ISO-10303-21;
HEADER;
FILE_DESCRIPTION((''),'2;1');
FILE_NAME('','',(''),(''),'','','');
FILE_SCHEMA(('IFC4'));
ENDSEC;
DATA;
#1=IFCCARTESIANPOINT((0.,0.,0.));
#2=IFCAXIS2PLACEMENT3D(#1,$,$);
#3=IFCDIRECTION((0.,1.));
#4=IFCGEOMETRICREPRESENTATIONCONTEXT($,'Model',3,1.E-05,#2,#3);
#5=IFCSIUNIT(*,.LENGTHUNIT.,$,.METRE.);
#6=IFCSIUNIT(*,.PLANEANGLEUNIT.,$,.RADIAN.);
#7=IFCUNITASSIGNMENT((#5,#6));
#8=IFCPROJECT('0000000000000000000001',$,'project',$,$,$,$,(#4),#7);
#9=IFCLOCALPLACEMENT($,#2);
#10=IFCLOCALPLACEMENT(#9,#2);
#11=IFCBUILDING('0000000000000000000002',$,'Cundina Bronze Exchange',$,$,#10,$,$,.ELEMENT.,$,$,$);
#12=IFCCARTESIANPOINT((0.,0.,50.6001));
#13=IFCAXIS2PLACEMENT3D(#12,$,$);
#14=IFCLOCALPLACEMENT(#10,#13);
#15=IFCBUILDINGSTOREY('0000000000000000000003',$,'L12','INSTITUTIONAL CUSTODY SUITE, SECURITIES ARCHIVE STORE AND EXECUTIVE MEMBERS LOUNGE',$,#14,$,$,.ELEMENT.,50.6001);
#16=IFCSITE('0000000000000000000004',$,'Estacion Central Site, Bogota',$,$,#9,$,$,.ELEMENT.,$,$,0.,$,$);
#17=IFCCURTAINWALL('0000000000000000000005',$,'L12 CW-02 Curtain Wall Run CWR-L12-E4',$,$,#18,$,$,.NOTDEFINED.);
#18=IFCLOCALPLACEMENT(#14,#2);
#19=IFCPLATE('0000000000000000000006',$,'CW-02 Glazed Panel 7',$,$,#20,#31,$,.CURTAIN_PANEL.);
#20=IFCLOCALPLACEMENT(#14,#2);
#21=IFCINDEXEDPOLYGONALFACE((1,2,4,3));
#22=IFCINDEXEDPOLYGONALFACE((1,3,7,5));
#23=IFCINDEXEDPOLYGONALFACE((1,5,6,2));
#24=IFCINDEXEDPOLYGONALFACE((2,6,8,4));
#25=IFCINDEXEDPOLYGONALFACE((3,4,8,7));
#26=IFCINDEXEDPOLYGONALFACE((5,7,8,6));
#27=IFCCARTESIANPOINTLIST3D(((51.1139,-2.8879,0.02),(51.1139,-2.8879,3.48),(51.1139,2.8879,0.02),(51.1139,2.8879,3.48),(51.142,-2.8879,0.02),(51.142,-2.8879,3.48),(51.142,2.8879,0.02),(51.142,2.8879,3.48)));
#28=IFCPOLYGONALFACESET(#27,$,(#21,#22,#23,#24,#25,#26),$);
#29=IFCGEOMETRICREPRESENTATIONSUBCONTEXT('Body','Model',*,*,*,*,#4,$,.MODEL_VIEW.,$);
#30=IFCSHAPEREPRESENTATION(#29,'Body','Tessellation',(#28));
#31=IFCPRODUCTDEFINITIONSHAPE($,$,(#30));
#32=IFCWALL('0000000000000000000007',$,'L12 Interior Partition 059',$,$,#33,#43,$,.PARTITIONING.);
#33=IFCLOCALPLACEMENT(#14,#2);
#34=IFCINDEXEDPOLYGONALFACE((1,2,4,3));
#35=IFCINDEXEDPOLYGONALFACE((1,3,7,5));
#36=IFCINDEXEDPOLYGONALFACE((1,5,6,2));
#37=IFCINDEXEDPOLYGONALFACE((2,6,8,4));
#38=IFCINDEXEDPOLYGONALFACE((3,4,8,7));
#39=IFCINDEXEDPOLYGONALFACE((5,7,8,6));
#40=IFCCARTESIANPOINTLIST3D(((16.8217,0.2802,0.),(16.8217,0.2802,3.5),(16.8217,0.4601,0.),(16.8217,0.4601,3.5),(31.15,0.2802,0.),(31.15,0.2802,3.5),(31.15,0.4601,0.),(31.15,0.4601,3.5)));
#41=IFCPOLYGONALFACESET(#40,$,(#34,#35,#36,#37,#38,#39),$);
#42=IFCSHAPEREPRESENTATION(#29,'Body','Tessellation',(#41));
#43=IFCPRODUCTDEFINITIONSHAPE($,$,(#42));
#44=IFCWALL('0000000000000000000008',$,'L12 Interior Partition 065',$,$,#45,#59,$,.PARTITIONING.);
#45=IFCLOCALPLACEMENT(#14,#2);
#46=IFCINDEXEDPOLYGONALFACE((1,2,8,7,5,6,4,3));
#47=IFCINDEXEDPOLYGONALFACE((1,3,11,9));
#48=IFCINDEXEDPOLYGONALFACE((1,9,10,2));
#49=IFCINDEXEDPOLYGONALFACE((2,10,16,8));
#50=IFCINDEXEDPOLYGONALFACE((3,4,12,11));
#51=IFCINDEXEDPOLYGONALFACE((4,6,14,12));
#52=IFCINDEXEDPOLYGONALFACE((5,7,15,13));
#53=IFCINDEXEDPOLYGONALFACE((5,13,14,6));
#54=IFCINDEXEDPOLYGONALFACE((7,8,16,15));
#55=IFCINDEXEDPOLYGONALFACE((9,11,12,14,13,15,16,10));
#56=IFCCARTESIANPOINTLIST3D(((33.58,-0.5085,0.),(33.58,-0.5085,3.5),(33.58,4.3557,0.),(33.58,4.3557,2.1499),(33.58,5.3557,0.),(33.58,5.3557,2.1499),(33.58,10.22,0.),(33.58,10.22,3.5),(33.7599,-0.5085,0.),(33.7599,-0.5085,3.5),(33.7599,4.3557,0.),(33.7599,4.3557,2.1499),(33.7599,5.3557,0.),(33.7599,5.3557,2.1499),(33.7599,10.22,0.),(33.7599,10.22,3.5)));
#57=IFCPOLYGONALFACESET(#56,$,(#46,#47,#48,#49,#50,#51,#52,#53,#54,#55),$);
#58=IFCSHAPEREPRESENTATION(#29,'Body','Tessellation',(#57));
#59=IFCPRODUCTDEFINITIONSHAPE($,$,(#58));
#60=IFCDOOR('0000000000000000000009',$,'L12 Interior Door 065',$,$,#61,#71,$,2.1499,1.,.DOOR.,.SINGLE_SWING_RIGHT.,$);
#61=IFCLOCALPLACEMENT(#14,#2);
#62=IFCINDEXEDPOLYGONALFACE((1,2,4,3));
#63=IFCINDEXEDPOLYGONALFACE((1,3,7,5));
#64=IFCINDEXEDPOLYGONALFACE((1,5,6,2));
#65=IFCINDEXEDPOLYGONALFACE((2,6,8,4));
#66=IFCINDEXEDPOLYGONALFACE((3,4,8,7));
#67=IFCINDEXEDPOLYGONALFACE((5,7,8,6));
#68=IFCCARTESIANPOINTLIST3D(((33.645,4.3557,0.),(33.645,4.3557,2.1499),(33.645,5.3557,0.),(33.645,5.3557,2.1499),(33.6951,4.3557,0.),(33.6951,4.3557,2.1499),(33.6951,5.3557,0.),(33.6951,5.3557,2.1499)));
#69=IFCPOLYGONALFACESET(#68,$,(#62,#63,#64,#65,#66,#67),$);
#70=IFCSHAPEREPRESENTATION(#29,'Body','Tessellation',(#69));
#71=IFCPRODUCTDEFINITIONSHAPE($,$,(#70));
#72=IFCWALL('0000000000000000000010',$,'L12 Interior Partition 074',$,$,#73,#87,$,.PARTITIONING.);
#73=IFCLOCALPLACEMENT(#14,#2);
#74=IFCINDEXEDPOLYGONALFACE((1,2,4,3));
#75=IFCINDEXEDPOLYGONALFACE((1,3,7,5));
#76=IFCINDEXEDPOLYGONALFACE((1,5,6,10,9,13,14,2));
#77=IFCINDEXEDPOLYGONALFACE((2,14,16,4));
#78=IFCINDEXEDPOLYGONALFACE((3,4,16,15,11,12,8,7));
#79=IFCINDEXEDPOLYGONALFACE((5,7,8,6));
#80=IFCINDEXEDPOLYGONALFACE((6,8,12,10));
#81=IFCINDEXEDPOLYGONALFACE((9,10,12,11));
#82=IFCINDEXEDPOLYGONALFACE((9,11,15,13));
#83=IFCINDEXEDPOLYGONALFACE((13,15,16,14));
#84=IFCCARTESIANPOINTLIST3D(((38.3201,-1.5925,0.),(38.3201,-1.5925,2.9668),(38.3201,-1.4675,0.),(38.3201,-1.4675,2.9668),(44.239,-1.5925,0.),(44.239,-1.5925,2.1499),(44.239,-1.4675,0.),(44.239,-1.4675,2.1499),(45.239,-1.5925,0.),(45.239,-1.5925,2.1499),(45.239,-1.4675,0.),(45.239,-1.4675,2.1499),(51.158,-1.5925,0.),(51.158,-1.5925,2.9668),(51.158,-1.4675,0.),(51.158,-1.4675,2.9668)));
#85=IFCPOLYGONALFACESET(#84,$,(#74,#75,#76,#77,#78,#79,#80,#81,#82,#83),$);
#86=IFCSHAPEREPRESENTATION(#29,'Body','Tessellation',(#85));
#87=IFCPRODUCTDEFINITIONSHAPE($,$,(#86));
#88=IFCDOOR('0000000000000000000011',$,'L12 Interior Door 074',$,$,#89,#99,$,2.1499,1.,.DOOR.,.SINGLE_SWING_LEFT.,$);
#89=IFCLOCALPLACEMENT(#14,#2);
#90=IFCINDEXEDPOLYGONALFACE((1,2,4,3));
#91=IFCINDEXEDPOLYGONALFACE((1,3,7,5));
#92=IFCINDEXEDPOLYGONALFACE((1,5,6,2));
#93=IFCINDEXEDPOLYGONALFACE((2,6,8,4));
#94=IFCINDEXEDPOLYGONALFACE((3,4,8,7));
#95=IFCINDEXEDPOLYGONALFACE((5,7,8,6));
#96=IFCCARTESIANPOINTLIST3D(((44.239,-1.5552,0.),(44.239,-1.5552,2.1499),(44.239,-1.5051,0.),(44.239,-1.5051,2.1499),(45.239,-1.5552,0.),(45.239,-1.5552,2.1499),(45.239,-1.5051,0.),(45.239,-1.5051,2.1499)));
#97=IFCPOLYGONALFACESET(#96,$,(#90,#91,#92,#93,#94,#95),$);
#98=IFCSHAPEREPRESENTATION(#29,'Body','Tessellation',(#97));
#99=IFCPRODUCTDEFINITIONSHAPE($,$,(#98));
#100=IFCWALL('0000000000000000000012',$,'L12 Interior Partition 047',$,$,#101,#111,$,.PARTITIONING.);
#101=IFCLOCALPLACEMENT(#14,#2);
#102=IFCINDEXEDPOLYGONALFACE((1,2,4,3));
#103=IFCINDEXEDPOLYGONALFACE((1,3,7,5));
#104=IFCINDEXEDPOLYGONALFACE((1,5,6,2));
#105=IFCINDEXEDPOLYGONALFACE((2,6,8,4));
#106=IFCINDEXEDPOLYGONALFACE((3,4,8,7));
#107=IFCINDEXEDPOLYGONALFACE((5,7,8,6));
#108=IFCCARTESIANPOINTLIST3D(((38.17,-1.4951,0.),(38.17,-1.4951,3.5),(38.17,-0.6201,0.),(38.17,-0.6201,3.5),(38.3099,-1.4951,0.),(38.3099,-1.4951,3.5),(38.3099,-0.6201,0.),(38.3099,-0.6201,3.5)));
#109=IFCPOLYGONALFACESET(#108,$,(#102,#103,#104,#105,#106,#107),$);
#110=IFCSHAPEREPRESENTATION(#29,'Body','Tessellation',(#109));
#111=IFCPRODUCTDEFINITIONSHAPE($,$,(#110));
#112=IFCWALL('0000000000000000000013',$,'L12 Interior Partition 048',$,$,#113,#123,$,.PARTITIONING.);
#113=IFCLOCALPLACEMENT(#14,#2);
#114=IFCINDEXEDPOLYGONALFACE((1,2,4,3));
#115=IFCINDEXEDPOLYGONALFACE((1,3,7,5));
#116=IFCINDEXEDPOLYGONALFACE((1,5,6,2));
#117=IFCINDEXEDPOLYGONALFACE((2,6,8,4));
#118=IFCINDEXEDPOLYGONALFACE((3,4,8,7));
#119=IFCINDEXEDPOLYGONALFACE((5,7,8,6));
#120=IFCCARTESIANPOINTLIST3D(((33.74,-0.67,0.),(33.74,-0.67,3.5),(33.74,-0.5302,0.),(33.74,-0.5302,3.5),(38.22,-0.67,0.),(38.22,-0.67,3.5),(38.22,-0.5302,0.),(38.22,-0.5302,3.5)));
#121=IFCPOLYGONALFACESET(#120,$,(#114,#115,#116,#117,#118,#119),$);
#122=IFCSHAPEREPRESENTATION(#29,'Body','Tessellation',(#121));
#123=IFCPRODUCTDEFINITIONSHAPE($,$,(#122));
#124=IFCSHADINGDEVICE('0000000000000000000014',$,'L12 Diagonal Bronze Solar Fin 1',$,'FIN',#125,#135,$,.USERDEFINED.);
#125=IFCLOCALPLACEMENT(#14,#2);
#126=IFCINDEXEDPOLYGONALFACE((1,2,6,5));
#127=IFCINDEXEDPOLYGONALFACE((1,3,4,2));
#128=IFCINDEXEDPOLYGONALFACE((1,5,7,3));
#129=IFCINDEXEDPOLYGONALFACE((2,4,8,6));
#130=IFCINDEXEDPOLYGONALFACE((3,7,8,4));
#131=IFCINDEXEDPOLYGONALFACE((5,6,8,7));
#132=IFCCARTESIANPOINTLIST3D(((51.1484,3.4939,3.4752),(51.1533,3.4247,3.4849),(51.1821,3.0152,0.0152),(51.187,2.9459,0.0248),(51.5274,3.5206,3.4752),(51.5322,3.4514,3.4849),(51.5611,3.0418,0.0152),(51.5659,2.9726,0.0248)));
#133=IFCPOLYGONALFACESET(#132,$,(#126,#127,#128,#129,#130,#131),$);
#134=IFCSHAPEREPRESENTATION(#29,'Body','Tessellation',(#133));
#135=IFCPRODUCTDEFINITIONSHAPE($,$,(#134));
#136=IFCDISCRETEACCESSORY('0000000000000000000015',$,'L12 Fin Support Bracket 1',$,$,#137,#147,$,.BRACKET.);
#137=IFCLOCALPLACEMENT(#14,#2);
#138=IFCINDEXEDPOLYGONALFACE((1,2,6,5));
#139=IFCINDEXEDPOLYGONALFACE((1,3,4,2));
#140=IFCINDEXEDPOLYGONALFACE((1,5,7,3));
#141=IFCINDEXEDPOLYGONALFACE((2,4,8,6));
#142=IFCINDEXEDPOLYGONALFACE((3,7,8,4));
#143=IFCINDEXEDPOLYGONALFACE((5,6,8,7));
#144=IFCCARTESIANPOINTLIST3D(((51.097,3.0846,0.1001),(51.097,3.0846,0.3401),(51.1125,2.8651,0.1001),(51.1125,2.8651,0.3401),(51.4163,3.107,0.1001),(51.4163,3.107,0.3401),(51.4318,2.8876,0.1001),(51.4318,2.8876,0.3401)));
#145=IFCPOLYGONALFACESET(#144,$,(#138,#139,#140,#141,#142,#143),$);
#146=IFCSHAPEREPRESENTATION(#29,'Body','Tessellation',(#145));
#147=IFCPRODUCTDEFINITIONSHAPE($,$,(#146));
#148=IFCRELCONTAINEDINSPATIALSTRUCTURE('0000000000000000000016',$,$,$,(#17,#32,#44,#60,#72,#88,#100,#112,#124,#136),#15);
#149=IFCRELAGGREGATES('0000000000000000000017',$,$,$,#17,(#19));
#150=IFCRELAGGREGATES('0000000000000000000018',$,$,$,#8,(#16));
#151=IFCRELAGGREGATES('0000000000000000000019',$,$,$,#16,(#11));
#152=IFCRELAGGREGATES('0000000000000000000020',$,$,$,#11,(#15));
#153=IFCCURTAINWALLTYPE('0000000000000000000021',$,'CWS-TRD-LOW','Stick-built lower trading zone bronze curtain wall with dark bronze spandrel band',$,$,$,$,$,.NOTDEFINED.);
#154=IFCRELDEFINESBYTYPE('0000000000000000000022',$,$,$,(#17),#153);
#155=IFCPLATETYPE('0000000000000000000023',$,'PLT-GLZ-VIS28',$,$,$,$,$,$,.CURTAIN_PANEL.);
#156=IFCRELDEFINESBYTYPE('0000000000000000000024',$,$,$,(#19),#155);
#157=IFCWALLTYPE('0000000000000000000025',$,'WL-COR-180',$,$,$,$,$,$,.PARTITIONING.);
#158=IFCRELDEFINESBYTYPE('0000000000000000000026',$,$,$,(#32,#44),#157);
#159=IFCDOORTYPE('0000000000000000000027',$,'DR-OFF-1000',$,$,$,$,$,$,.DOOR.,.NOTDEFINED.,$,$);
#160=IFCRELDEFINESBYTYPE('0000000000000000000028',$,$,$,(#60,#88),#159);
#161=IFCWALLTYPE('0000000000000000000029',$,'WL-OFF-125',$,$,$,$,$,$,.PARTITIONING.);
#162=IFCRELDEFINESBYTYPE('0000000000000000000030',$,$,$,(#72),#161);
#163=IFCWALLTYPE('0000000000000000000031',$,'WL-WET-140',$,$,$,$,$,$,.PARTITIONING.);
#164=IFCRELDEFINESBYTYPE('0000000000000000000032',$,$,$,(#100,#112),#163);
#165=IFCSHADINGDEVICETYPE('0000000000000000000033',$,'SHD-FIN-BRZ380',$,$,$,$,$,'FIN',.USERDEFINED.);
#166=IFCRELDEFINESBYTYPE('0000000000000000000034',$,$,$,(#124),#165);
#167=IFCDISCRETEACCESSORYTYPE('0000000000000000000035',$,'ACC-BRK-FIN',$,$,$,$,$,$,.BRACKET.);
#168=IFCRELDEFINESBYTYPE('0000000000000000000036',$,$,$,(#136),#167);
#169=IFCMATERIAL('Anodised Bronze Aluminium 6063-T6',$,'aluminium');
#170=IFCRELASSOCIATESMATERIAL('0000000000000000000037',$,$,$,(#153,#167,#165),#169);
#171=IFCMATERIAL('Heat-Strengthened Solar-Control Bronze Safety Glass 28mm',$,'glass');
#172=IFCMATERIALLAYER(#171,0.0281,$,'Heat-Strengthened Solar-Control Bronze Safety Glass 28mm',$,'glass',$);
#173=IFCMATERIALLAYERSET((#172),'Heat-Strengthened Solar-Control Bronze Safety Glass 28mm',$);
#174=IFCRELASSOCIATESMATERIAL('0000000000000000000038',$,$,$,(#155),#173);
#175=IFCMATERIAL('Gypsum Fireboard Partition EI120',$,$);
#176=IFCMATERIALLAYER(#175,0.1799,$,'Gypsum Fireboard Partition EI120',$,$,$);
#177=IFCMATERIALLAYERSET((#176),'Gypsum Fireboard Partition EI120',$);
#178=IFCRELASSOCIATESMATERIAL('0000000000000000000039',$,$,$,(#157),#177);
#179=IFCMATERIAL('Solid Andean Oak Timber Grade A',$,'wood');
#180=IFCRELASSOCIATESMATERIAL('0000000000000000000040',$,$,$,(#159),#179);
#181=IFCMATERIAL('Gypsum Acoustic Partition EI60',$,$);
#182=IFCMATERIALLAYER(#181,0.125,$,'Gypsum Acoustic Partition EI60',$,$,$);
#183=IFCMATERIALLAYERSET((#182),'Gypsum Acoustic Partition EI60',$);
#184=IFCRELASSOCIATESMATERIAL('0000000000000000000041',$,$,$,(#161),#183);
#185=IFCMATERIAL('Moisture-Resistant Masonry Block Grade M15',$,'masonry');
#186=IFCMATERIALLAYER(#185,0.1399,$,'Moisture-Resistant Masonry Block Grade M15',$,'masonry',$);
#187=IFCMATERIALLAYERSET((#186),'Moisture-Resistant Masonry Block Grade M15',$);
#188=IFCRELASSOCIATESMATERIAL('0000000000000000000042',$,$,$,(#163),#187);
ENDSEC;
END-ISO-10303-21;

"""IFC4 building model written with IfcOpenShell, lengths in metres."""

from ifc_helpers import new_model, si_unit, direction, frame, frame_2d, origin, origin_2d, place, context, subcontext, project, spatial, rectangle, extrude, material, layer, layer_set, material_profile, profile_set, type_object, element, fill, aggregate, save


model = new_model("IFC4")

# Units and contexts
model_context = context("Model", 3, precision=1e-05, world=origin(), true_north=direction((0.0, 1.0)))
body_context = subcontext(model_context, "Body", "Model", "MODEL_VIEW")
ifc_project = project(units=[si_unit("LENGTHUNIT", "METRE"), si_unit("PLANEANGLEUNIT", "RADIAN")], contexts=[model_context])

# Site, building, storey
site_placement = place(None, origin())
site = spatial("IfcSite", under=ifc_project, at=site_placement, Name="Estacion Central Site, Bogota", CompositionType="ELEMENT", RefElevation=0.0)
building_placement = place(site_placement, origin())
building = spatial("IfcBuilding", under=site, at=building_placement, Name="Cundina Bronze Exchange", CompositionType="ELEMENT")
storey_placement = place(building_placement, frame((0.0, 0.0, 50.6001)))
storey = spatial("IfcBuildingStorey", under=building, at=storey_placement, Name="L12", Description="INSTITUTIONAL CUSTODY SUITE, SECURITIES ARCHIVE STORE AND EXECUTIVE MEMBERS LOUNGE", CompositionType="ELEMENT", Elevation=50.6001)

# Curtain wall
ifc_material_1 = material(Name="Anodised Bronze Aluminium 6063-T6", Category="aluminium")
curtain_wall_type = type_object("IfcCurtainWallType", Name="CWS-TRD-LOW", Description="Stick-built lower trading zone bronze curtain wall with dark bronze spandrel band", PredefinedType="NOTDEFINED", material=ifc_material_1)
curtain_wall_1_placement = place(storey_placement, origin())
curtain_wall_1 = element("IfcCurtainWall", 1, at=curtain_wall_1_placement, inside=storey, type_object=curtain_wall_type, Name="L12 CW-02 Curtain Wall Run CWR-L12-E4", PredefinedType="NOTDEFINED")

# Plate
ifc_material_2 = material(Name="Heat-Strengthened Solar-Control Bronze Safety Glass 28mm", Category="glass")
ifc_layer_1 = layer(ifc_material_2, 0.0281, Name="Heat-Strengthened Solar-Control Bronze Safety Glass 28mm", Category="glass")
ifc_layer_set_1 = layer_set([ifc_layer_1], Name="Heat-Strengthened Solar-Control Bronze Safety Glass 28mm")
plate_type = type_object("IfcPlateType", Name="PLT-GLZ-VIS28", PredefinedType="CURTAIN_PANEL", material=ifc_layer_set_1)
plate_1_placement = place(storey_placement, frame((51.1279, 0.0, 0.02), z_axis=(0.0, 0.0, 1.0), x_axis=(0.0, 1.0, 0.0)))
plate_1 = element("IfcPlate", 2, at=plate_1_placement, type_object=plate_type, Name="CW-02 Glazed Panel 7", PredefinedType="CURTAIN_PANEL", context=body_context, shape_type="SweptSolid", body=[
    extrude(rectangle(XDim=5.7759, YDim=0.0281, at=origin_2d()), origin(), (0.0, 0.0, 1.0), 3.46),
])
aggregate(curtain_wall_1, [plate_1])

# Wall
ifc_material_3 = material(Name="Gypsum Fireboard Partition EI120")
ifc_layer_2 = layer(ifc_material_3, 0.1799, Name="Gypsum Fireboard Partition EI120")
ifc_layer_set_2 = layer_set([ifc_layer_2], Name="Gypsum Fireboard Partition EI120")
wall_type_1 = type_object("IfcWallType", Name="WL-COR-180", PredefinedType="PARTITIONING", material=ifc_layer_set_2)
wall_1_placement = place(storey_placement, frame((31.1499, 0.3701, 0.0), z_axis=(0.0, 0.0, 1.0), x_axis=(-1.0, 0.0, 0.0)))
element("IfcWall", 3, at=wall_1_placement, inside=storey, type_object=wall_type_1, Name="L12 Interior Partition 059", PredefinedType="PARTITIONING", context=body_context, shape_type="SweptSolid", body=[
    extrude(rectangle(XDim=14.3284, YDim=0.1799, at=frame_2d((7.1641, 0.0))), origin(), (0.0, 0.0, 1.0), 3.5),
])

# Walls, openings, doors
wall_2_placement = place(storey_placement, frame((33.6699, -0.5085, 0.0), z_axis=(0.0, 0.0, 1.0), x_axis=(0.0, 1.0, 0.0)))
wall_2 = element("IfcWall", 4, at=wall_2_placement, inside=storey, type_object=wall_type_1, Name="L12 Interior Partition 065", PredefinedType="PARTITIONING", context=body_context, shape_type="SweptSolid", body=[
    extrude(rectangle(XDim=10.7285, YDim=0.1799, at=frame_2d((5.3643, 0.0))), origin(), (0.0, 0.0, 1.0), 3.5),
])
opening_1_placement = place(wall_2_placement, frame((4.8643, 0.0, 0.0)))
opening_1 = element("IfcOpeningElement", 5, at=opening_1_placement, cuts=wall_2, PredefinedType="OPENING", context=body_context, shape_type="SweptSolid", body=[
    extrude(rectangle(XDim=1.0, YDim=2.1499, at=frame_2d((0.5, 1.075))), frame((0.0, 0.0999, 0.0), z_axis=(0.0, -1.0, 0.0), x_axis=(1.0, 0.0, 0.0)), (0.0, 0.0, 1.0), 0.2),
])
ifc_material_4 = material(Name="Solid Andean Oak Timber Grade A", Category="wood")
door_type = type_object("IfcDoorType", Name="DR-OFF-1000", OperationType="NOTDEFINED", PredefinedType="DOOR", material=ifc_material_4)
door_1_placement = place(opening_1_placement, origin())
door_1 = element("IfcDoor", 6, at=door_1_placement, inside=storey, type_object=door_type, Name="L12 Interior Door 065", OperationType="SINGLE_SWING_RIGHT", OverallHeight=2.1499, OverallWidth=1.0, PredefinedType="DOOR", context=body_context, shape_type="SweptSolid", body=[
    extrude(rectangle(XDim=1.0, YDim=2.1499, at=frame_2d((0.5, 1.075))), frame((0.0, 0.0249, 0.0), z_axis=(0.0, -1.0, 0.0), x_axis=(1.0, 0.0, 0.0)), (0.0, 0.0, 1.0), 0.05),
])
fill(opening_1, door_1)
ifc_material_5 = material(Name="Gypsum Acoustic Partition EI60")
ifc_layer_3 = layer(ifc_material_5, 0.125, Name="Gypsum Acoustic Partition EI60")
ifc_layer_set_3 = layer_set([ifc_layer_3], Name="Gypsum Acoustic Partition EI60")
wall_type_2 = type_object("IfcWallType", Name="WL-OFF-125", PredefinedType="PARTITIONING", material=ifc_layer_set_3)
wall_3_placement = place(storey_placement, frame((38.3201, -1.53, 0.0), z_axis=(0.0, 0.0, 1.0), x_axis=(1.0, 0.0, 0.0)))
wall_3 = element("IfcWall", 7, at=wall_3_placement, inside=storey, type_object=wall_type_2, Name="L12 Interior Partition 074", PredefinedType="PARTITIONING", context=body_context, shape_type="SweptSolid", body=[
    extrude(rectangle(XDim=12.8379, YDim=0.125, at=frame_2d((6.4189, 0.0))), origin(), (0.0, 0.0, 1.0), 2.9668),
])
opening_2_placement = place(wall_3_placement, frame((5.9189, 0.0, 0.0)))
opening_2 = element("IfcOpeningElement", 8, at=opening_2_placement, cuts=wall_3, PredefinedType="OPENING", context=body_context, shape_type="SweptSolid", body=[
    extrude(rectangle(XDim=1.0, YDim=2.1499, at=frame_2d((0.5, 1.075))), frame((0.0, 0.0725, 0.0), z_axis=(0.0, -1.0, 0.0), x_axis=(1.0, 0.0, 0.0)), (0.0, 0.0, 1.0), 0.145),
])
door_2_placement = place(opening_2_placement, origin())
door_2 = element("IfcDoor", 9, at=door_2_placement, inside=storey, type_object=door_type, Name="L12 Interior Door 074", OperationType="SINGLE_SWING_LEFT", OverallHeight=2.1499, OverallWidth=1.0, PredefinedType="DOOR", context=body_context, shape_type="SweptSolid", body=[
    extrude(rectangle(XDim=1.0, YDim=2.1499, at=frame_2d((0.5, 1.075))), frame((0.0, 0.0249, 0.0), z_axis=(0.0, -1.0, 0.0), x_axis=(1.0, 0.0, 0.0)), (0.0, 0.0, 1.0), 0.05),
])
fill(opening_2, door_2)

# Walls
ifc_material_6 = material(Name="Moisture-Resistant Masonry Block Grade M15", Category="masonry")
ifc_layer_4 = layer(ifc_material_6, 0.1399, Name="Moisture-Resistant Masonry Block Grade M15", Category="masonry")
ifc_layer_set_4 = layer_set([ifc_layer_4], Name="Moisture-Resistant Masonry Block Grade M15")
wall_type_3 = type_object("IfcWallType", Name="WL-WET-140", PredefinedType="PARTITIONING", material=ifc_layer_set_4)
wall_4_placement = place(storey_placement, frame((38.24, -1.4951, 0.0), z_axis=(0.0, 0.0, 1.0), x_axis=(0.0, 1.0, 0.0)))
element("IfcWall", 10, at=wall_4_placement, inside=storey, type_object=wall_type_3, Name="L12 Interior Partition 047", PredefinedType="PARTITIONING", context=body_context, shape_type="SweptSolid", body=[
    extrude(rectangle(XDim=0.875, YDim=0.1399, at=frame_2d((0.4375, 0.0))), origin(), (0.0, 0.0, 1.0), 3.5),
])
wall_5_placement = place(storey_placement, frame((33.74, -0.6001, 0.0), z_axis=(0.0, 0.0, 1.0), x_axis=(1.0, 0.0, 0.0)))
element("IfcWall", 11, at=wall_5_placement, inside=storey, type_object=wall_type_3, Name="L12 Interior Partition 048", PredefinedType="PARTITIONING", context=body_context, shape_type="SweptSolid", body=[
    extrude(rectangle(XDim=4.48, YDim=0.1399, at=frame_2d((2.24, 0.0))), origin(), (0.0, 0.0, 1.0), 3.5),
])

# Shading device
ifc_material_profile_1 = material_profile(ifc_material_1, rectangle(XDim=0.0701, YDim=0.3799, at=origin_2d()), Name="FIN70X380", Category="aluminium")
ifc_profile_set_1 = profile_set([ifc_material_profile_1], Name="Anodised Bronze Aluminium 6063-T6")
shading_device_type = type_object("IfcShadingDeviceType", Name="SHD-FIN-BRZ380", ElementType="FIN", PredefinedType="USERDEFINED", material=ifc_profile_set_1)
shading_device_placement = place(storey_placement, frame((51.374, 2.9939, 0.02), z_axis=(-0.009645, 0.137059, 0.990516), x_axis=(0.069533, -0.988072, 0.137398)))
element("IfcShadingDevice", 12, at=shading_device_placement, inside=storey, type_object=shading_device_type, Name="L12 Diagonal Bronze Solar Fin 1", ObjectType="FIN", PredefinedType="USERDEFINED", context=body_context, shape_type="SweptSolid", body=[
    extrude(rectangle(XDim=0.0701, YDim=0.3799, at=origin_2d()), origin(), (0.0, 0.0, 1.0), 3.4932),
])

# Discrete accessory
discrete_accessory_type = type_object("IfcDiscreteAccessoryType", Name="ACC-BRK-FIN", PredefinedType="BRACKET", material=ifc_material_1)
discrete_accessory_placement = place(storey_placement, frame((51.2644, 2.9861, 0.1001), z_axis=(0.0, 0.0, 1.0), x_axis=(-0.070279, 0.997527, 0.0)))
element("IfcDiscreteAccessory", 13, at=discrete_accessory_placement, inside=storey, type_object=discrete_accessory_type, Name="L12 Fin Support Bracket 1", PredefinedType="BRACKET", context=body_context, shape_type="SweptSolid", body=[
    extrude(rectangle(XDim=0.22, YDim=0.3201, at=origin_2d()), origin(), (0.0, 0.0, 1.0), 0.24),
])

save(model, "model.ifc")
